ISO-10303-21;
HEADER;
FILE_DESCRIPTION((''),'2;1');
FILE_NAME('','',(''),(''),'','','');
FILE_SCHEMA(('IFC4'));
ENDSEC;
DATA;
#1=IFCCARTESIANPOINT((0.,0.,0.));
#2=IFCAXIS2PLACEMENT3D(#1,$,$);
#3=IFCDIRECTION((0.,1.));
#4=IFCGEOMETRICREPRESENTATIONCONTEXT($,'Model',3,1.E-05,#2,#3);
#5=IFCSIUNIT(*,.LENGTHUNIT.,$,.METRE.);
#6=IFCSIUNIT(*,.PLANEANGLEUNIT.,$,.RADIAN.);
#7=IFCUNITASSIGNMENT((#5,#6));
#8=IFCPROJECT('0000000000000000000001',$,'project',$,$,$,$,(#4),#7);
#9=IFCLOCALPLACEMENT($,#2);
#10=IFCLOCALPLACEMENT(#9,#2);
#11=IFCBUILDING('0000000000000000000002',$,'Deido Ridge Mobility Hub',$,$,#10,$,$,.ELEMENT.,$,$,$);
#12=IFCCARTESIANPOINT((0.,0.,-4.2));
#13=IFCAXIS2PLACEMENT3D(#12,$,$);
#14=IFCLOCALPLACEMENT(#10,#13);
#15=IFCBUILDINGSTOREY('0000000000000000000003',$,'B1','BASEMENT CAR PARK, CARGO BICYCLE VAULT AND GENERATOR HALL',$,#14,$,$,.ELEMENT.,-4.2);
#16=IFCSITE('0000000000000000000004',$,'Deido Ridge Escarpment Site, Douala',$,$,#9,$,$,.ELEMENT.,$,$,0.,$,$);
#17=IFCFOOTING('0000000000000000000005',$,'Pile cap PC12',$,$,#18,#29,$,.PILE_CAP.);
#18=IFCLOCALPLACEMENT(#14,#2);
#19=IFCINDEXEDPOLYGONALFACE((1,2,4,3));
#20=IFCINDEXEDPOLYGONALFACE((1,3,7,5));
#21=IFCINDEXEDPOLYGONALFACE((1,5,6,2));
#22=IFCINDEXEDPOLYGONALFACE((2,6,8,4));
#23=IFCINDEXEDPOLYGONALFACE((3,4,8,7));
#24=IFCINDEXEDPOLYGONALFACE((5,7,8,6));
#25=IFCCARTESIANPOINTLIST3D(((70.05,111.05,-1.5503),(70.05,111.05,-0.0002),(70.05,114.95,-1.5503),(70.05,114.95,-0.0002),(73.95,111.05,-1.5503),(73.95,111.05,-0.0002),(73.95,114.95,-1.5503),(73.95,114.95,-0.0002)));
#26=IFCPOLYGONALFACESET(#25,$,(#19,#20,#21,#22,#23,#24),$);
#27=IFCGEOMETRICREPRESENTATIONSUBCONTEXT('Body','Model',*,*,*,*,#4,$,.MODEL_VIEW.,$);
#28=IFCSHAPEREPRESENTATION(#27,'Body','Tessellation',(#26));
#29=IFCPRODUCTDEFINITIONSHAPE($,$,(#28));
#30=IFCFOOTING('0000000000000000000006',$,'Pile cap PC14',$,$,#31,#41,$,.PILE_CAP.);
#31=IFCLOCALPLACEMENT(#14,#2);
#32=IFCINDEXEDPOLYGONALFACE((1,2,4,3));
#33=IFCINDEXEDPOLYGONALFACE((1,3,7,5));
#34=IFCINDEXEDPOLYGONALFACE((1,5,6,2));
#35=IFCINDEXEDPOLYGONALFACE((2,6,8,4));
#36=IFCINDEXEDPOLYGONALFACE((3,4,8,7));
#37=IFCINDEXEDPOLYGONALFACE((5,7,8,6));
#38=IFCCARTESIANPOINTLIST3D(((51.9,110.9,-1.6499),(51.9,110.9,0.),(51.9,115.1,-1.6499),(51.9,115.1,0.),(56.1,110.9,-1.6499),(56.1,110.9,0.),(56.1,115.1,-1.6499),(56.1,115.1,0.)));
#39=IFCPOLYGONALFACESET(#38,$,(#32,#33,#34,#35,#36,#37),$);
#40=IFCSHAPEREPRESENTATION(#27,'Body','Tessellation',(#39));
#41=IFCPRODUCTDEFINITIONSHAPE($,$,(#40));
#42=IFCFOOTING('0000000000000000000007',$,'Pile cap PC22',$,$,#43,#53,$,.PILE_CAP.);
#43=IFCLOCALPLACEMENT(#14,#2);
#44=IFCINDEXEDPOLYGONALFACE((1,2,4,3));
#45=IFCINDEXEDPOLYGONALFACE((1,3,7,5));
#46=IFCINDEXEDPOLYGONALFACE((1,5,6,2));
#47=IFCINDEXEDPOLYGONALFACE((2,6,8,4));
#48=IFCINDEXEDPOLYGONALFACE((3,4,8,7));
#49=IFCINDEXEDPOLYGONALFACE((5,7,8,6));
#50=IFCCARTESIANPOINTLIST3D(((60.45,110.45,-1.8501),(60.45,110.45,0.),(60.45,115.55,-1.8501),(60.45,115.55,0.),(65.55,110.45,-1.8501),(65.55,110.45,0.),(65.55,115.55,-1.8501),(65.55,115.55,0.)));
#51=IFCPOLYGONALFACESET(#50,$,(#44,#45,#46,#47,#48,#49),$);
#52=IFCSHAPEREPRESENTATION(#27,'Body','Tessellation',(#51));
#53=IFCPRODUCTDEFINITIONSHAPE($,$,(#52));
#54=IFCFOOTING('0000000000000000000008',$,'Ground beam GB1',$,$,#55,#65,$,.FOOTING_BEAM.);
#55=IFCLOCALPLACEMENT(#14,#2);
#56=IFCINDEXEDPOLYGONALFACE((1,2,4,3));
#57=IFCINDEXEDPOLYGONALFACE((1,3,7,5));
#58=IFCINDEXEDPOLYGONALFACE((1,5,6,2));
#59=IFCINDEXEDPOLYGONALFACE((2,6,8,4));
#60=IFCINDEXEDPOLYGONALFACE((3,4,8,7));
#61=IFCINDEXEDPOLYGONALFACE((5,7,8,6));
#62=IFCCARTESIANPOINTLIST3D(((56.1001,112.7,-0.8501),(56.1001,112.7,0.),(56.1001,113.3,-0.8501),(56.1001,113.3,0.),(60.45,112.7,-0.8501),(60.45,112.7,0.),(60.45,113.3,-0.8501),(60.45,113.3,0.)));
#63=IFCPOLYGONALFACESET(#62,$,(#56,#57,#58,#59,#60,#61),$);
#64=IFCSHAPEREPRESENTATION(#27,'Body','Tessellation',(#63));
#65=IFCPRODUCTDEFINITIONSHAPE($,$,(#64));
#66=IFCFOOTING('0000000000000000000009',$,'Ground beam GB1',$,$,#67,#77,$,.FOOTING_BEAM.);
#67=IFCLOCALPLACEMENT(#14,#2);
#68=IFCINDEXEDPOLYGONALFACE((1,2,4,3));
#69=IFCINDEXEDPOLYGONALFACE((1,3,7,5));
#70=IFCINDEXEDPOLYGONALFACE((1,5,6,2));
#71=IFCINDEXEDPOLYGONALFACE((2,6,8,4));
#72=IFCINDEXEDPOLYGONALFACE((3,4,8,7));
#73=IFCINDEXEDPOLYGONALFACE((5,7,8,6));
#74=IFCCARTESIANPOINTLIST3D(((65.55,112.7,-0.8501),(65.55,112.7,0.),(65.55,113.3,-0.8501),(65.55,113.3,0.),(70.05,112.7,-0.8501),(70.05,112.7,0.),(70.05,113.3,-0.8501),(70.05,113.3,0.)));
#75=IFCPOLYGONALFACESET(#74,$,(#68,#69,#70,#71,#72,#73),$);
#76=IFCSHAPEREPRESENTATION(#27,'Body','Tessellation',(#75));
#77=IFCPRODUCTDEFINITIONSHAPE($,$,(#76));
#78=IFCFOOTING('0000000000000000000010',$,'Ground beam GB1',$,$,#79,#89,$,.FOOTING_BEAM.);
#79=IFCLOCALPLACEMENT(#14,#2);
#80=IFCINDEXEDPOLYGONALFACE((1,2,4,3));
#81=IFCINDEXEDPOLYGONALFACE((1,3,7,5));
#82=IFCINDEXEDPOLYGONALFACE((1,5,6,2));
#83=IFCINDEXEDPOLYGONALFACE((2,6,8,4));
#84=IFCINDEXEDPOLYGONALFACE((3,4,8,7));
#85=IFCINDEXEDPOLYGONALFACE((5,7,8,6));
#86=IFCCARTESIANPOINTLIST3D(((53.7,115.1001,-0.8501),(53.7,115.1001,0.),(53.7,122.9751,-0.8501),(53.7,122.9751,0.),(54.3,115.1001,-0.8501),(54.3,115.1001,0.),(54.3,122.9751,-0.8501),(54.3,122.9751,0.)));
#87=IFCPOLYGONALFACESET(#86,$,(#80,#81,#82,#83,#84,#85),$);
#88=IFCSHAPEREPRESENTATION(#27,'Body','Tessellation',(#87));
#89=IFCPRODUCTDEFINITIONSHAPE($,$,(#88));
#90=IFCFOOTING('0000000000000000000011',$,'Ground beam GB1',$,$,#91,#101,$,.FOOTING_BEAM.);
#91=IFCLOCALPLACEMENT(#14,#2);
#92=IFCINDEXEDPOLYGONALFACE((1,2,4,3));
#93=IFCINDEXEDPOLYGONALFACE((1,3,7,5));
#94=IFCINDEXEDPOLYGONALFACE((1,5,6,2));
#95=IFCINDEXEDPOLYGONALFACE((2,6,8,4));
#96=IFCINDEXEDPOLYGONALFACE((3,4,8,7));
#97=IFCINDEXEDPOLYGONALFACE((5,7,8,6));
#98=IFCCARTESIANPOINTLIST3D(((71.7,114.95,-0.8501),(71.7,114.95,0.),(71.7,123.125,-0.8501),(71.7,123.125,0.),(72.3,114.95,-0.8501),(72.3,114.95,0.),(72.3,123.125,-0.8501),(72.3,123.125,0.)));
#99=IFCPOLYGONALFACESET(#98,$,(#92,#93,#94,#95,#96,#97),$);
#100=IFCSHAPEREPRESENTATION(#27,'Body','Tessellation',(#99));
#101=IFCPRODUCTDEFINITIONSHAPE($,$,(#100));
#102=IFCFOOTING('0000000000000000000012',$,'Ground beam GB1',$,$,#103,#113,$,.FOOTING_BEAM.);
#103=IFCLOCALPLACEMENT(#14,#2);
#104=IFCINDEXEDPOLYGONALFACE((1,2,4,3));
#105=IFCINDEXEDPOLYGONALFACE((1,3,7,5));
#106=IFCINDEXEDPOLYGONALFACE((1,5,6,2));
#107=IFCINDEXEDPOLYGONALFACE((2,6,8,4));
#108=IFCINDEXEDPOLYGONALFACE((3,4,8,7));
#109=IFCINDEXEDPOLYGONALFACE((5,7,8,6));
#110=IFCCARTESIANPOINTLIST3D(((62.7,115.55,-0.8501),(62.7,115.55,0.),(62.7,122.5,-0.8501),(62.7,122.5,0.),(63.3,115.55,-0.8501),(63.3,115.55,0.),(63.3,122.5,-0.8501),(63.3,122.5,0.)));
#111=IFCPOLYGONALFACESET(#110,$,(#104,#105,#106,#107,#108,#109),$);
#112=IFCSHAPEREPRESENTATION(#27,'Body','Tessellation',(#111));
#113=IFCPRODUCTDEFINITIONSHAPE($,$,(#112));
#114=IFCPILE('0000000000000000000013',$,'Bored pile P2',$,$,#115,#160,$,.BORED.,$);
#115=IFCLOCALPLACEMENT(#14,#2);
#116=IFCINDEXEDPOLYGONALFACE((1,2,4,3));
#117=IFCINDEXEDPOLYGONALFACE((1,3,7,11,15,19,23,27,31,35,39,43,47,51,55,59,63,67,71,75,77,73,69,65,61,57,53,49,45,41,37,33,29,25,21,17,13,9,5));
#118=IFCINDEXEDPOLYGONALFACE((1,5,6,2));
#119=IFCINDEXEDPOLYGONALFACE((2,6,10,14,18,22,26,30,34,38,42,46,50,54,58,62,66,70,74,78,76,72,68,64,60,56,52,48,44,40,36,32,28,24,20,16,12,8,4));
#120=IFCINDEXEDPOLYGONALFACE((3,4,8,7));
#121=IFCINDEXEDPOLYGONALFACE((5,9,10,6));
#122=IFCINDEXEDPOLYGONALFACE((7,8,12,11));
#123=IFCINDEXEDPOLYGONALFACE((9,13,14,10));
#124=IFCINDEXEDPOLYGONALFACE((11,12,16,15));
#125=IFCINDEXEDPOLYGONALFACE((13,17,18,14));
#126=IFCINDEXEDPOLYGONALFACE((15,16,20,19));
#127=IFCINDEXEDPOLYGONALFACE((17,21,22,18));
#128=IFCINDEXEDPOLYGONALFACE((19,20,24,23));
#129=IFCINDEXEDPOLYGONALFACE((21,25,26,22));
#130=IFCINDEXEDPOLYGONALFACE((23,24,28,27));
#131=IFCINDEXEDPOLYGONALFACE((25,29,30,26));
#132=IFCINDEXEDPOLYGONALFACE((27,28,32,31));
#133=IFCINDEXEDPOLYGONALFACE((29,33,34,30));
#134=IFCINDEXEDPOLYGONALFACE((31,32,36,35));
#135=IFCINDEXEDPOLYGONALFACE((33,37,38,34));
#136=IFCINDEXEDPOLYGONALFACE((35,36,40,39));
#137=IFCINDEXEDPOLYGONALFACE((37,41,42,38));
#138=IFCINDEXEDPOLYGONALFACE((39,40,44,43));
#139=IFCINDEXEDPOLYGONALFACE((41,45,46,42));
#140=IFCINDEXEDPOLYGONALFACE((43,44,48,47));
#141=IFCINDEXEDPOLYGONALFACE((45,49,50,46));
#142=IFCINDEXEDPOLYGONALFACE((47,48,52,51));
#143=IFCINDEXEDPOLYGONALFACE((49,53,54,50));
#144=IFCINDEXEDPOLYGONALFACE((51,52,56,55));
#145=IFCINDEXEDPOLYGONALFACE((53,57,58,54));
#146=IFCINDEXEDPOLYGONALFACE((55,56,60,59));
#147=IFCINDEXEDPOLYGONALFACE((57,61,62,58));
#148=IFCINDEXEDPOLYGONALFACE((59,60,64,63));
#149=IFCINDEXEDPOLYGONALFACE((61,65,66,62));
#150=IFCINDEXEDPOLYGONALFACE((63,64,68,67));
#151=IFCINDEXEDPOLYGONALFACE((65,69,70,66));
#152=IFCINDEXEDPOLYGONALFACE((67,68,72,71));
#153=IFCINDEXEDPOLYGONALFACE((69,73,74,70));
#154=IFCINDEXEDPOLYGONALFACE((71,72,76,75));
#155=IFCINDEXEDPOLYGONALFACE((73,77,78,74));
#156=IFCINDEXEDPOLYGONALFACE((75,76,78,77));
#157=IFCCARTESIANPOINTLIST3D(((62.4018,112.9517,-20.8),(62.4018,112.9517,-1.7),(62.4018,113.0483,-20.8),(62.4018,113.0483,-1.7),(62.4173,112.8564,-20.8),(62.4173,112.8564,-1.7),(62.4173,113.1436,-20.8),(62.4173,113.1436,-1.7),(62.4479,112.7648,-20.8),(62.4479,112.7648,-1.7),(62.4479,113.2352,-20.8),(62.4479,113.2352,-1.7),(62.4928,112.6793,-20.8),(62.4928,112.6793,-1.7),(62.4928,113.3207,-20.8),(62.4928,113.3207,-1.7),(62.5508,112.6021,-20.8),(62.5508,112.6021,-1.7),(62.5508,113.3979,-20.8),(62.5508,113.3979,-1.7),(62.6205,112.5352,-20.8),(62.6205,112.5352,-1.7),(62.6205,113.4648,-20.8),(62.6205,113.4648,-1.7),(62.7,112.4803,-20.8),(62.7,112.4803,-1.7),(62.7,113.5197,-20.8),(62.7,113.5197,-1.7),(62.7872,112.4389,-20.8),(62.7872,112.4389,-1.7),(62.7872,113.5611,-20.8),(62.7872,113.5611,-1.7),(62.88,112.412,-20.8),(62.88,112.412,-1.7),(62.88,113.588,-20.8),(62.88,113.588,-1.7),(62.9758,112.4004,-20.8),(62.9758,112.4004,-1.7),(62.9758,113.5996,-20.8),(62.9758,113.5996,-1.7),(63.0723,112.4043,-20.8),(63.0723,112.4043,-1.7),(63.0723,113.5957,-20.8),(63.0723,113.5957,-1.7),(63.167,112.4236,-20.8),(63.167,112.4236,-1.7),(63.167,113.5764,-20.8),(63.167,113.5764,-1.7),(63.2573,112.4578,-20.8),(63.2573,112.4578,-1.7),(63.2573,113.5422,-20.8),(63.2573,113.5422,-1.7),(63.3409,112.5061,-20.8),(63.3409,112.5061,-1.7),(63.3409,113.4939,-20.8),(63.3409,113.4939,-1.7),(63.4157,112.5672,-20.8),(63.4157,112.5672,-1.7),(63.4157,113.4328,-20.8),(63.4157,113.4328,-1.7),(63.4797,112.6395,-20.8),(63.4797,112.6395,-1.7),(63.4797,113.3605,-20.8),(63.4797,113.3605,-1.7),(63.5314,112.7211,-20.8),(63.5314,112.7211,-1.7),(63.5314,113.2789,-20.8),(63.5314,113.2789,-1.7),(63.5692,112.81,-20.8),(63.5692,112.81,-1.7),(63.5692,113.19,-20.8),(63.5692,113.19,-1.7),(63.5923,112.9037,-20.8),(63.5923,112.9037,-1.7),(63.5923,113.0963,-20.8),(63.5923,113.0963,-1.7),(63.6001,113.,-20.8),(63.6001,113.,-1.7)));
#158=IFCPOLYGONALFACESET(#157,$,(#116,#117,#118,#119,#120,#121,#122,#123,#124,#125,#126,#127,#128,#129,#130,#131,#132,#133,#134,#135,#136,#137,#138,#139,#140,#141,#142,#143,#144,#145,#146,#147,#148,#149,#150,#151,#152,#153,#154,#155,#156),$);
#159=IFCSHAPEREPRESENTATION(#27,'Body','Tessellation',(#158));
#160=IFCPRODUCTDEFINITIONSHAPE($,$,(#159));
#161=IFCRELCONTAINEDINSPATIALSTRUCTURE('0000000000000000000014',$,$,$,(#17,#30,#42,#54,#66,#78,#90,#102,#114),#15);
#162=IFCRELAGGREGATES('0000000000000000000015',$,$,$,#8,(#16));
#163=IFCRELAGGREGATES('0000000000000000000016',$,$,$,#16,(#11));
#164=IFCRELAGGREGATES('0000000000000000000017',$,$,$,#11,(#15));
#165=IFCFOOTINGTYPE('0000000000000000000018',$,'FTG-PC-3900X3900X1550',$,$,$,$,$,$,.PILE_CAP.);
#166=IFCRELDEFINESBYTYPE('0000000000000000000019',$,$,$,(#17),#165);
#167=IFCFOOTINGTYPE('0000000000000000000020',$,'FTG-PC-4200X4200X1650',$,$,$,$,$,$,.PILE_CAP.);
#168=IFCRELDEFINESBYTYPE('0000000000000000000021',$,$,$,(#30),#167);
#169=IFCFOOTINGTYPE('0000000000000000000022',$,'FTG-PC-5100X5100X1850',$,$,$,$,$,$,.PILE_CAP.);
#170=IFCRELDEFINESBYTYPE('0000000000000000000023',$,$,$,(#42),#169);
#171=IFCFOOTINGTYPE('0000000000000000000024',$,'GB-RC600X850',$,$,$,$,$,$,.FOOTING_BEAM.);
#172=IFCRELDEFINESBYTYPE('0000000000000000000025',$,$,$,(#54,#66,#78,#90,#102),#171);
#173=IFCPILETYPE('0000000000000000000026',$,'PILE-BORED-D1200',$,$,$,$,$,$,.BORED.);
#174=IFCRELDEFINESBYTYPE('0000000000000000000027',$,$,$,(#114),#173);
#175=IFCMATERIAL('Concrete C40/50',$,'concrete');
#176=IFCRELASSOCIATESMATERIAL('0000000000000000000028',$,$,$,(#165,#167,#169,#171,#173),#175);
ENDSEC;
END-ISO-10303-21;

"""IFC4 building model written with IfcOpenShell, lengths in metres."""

from ifc_helpers import new_model, si_unit, direction, frame, origin, origin_2d, place, context, subcontext, project, spatial, rectangle, circle, extrude, material, material_profile, profile_set, type_object, element, save


model = new_model("IFC4")

# Units and contexts
model_context = context("Model", 3, precision=1e-05, world=origin(), true_north=direction((0.0, 1.0)))
body_context = subcontext(model_context, "Body", "Model", "MODEL_VIEW")
ifc_project = project(units=[si_unit("LENGTHUNIT", "METRE"), si_unit("PLANEANGLEUNIT", "RADIAN")], contexts=[model_context])

# Site, building, storey
site_placement = place(None, origin())
site = spatial("IfcSite", under=ifc_project, at=site_placement, Name="Deido Ridge Escarpment Site, Douala", CompositionType="ELEMENT", RefElevation=0.0)
building_placement = place(site_placement, origin())
building = spatial("IfcBuilding", under=site, at=building_placement, Name="Deido Ridge Mobility Hub", CompositionType="ELEMENT")
storey_placement = place(building_placement, frame((0.0, 0.0, -4.2)))
storey = spatial("IfcBuildingStorey", under=building, at=storey_placement, Name="B1", Description="BASEMENT CAR PARK, CARGO BICYCLE VAULT AND GENERATOR HALL", CompositionType="ELEMENT", Elevation=-4.2)

# Footings
ifc_material_1 = material(Name="Concrete C40/50", Category="concrete")
footing_type_1 = type_object("IfcFootingType", Name="FTG-PC-3900X3900X1550", PredefinedType="PILE_CAP", material=ifc_material_1)
footing_1_placement = place(storey_placement, frame((72.0, 113.0, -1.5503), z_axis=(0.0, 0.0, 1.0), x_axis=(1.0, 0.0, 0.0)))
element("IfcFooting", 1, at=footing_1_placement, inside=storey, type_object=footing_type_1, Name="Pile cap PC12", PredefinedType="PILE_CAP", context=body_context, shape_type="SweptSolid", body=[
    extrude(rectangle(XDim=3.8999, YDim=3.8999, at=origin_2d()), origin(), (0.0, 0.0, 1.0), 1.55),
])
footing_type_2 = type_object("IfcFootingType", Name="FTG-PC-4200X4200X1650", PredefinedType="PILE_CAP", material=ifc_material_1)
footing_2_placement = place(storey_placement, frame((54.0, 113.0, -1.6499), z_axis=(0.0, 0.0, 1.0), x_axis=(1.0, 0.0, 0.0)))
element("IfcFooting", 2, at=footing_2_placement, inside=storey, type_object=footing_type_2, Name="Pile cap PC14", PredefinedType="PILE_CAP", context=body_context, shape_type="SweptSolid", body=[
    extrude(rectangle(XDim=4.2, YDim=4.2, at=origin_2d()), origin(), (0.0, 0.0, 1.0), 1.6499),
])
footing_type_3 = type_object("IfcFootingType", Name="FTG-PC-5100X5100X1850", PredefinedType="PILE_CAP", material=ifc_material_1)
footing_3_placement = place(storey_placement, frame((63.0, 113.0, -1.8501), z_axis=(0.0, 0.0, 1.0), x_axis=(1.0, 0.0, 0.0)))
element("IfcFooting", 3, at=footing_3_placement, inside=storey, type_object=footing_type_3, Name="Pile cap PC22", PredefinedType="PILE_CAP", context=body_context, shape_type="SweptSolid", body=[
    extrude(rectangle(XDim=5.1001, YDim=5.1001, at=origin_2d()), origin(), (0.0, 0.0, 1.0), 1.8501),
])
ifc_material_profile_1 = material_profile(ifc_material_1, rectangle(XDim=0.6001, YDim=0.8501, at=origin_2d()), Name="RC GB 600x850")
ifc_profile_set_1 = profile_set([ifc_material_profile_1], Name="Concrete C40/50")
footing_type_4 = type_object("IfcFootingType", Name="GB-RC600X850", PredefinedType="FOOTING_BEAM", material=ifc_profile_set_1)
footing_4_placement = place(storey_placement, frame((56.1001, 113.0, -0.425), z_axis=(1.0, 0.0, 0.0), x_axis=(0.0, 1.0, 0.0)))
element("IfcFooting", 4, at=footing_4_placement, inside=storey, type_object=footing_type_4, Name="Ground beam GB1", PredefinedType="FOOTING_BEAM", context=body_context, shape_type="SweptSolid", body=[
    extrude(rectangle(XDim=0.6001, YDim=0.8501, at=origin_2d()), origin(), (0.0, 0.0, 1.0), 4.3499),
])
footing_5_placement = place(storey_placement, frame((65.55, 113.0, -0.425), z_axis=(1.0, 0.0, 0.0), x_axis=(0.0, 1.0, 0.0)))
element("IfcFooting", 5, at=footing_5_placement, inside=storey, type_object=footing_type_4, Name="Ground beam GB1", PredefinedType="FOOTING_BEAM", context=body_context, shape_type="SweptSolid", body=[
    extrude(rectangle(XDim=0.6001, YDim=0.8501, at=origin_2d()), origin(), (0.0, 0.0, 1.0), 4.5),
])
footing_6_placement = place(storey_placement, frame((54.0, 115.1001, -0.425), z_axis=(0.0, 1.0, 0.0), x_axis=(-1.0, 0.0, 0.0)))
element("IfcFooting", 6, at=footing_6_placement, inside=storey, type_object=footing_type_4, Name="Ground beam GB1", PredefinedType="FOOTING_BEAM", context=body_context, shape_type="SweptSolid", body=[
    extrude(rectangle(XDim=0.6001, YDim=0.8501, at=origin_2d()), origin(), (0.0, 0.0, 1.0), 7.875),
])
footing_7_placement = place(storey_placement, frame((72.0, 114.95, -0.425), z_axis=(0.0, 1.0, 0.0), x_axis=(-1.0, 0.0, 0.0)))
element("IfcFooting", 7, at=footing_7_placement, inside=storey, type_object=footing_type_4, Name="Ground beam GB1", PredefinedType="FOOTING_BEAM", context=body_context, shape_type="SweptSolid", body=[
    extrude(rectangle(XDim=0.6001, YDim=0.8501, at=origin_2d()), origin(), (0.0, 0.0, 1.0), 8.175),
])
footing_8_placement = place(storey_placement, frame((63.0, 115.55, -0.425), z_axis=(0.0, 1.0, 0.0), x_axis=(-1.0, 0.0, 0.0)))
element("IfcFooting", 8, at=footing_8_placement, inside=storey, type_object=footing_type_4, Name="Ground beam GB1", PredefinedType="FOOTING_BEAM", context=body_context, shape_type="SweptSolid", body=[
    extrude(rectangle(XDim=0.6001, YDim=0.8501, at=origin_2d()), origin(), (0.0, 0.0, 1.0), 6.95),
])

# Pile
ifc_material_profile_2 = material_profile(ifc_material_1, circle(Radius=0.6001, at=origin_2d()), Name="BORED PILE D1200")
ifc_profile_set_2 = profile_set([ifc_material_profile_2], Name="Concrete C40/50")
pile_type_1 = type_object("IfcPileType", Name="PILE-BORED-D1200", PredefinedType="BORED", material=ifc_profile_set_2)
pile_1_placement = place(storey_placement, frame((63.0, 113.0, -1.7), z_axis=(0.0, 0.0, -1.0), x_axis=(1.0, 0.0, 0.0)))
element("IfcPile", 9, at=pile_1_placement, inside=storey, type_object=pile_type_1, Name="Bored pile P2", PredefinedType="BORED", context=body_context, shape_type="SweptSolid", body=[
    extrude(circle(Radius=0.6001, at=origin_2d()), origin(), (0.0, 0.0, 1.0), 19.1001),
])

save(model, "model.ifc")
